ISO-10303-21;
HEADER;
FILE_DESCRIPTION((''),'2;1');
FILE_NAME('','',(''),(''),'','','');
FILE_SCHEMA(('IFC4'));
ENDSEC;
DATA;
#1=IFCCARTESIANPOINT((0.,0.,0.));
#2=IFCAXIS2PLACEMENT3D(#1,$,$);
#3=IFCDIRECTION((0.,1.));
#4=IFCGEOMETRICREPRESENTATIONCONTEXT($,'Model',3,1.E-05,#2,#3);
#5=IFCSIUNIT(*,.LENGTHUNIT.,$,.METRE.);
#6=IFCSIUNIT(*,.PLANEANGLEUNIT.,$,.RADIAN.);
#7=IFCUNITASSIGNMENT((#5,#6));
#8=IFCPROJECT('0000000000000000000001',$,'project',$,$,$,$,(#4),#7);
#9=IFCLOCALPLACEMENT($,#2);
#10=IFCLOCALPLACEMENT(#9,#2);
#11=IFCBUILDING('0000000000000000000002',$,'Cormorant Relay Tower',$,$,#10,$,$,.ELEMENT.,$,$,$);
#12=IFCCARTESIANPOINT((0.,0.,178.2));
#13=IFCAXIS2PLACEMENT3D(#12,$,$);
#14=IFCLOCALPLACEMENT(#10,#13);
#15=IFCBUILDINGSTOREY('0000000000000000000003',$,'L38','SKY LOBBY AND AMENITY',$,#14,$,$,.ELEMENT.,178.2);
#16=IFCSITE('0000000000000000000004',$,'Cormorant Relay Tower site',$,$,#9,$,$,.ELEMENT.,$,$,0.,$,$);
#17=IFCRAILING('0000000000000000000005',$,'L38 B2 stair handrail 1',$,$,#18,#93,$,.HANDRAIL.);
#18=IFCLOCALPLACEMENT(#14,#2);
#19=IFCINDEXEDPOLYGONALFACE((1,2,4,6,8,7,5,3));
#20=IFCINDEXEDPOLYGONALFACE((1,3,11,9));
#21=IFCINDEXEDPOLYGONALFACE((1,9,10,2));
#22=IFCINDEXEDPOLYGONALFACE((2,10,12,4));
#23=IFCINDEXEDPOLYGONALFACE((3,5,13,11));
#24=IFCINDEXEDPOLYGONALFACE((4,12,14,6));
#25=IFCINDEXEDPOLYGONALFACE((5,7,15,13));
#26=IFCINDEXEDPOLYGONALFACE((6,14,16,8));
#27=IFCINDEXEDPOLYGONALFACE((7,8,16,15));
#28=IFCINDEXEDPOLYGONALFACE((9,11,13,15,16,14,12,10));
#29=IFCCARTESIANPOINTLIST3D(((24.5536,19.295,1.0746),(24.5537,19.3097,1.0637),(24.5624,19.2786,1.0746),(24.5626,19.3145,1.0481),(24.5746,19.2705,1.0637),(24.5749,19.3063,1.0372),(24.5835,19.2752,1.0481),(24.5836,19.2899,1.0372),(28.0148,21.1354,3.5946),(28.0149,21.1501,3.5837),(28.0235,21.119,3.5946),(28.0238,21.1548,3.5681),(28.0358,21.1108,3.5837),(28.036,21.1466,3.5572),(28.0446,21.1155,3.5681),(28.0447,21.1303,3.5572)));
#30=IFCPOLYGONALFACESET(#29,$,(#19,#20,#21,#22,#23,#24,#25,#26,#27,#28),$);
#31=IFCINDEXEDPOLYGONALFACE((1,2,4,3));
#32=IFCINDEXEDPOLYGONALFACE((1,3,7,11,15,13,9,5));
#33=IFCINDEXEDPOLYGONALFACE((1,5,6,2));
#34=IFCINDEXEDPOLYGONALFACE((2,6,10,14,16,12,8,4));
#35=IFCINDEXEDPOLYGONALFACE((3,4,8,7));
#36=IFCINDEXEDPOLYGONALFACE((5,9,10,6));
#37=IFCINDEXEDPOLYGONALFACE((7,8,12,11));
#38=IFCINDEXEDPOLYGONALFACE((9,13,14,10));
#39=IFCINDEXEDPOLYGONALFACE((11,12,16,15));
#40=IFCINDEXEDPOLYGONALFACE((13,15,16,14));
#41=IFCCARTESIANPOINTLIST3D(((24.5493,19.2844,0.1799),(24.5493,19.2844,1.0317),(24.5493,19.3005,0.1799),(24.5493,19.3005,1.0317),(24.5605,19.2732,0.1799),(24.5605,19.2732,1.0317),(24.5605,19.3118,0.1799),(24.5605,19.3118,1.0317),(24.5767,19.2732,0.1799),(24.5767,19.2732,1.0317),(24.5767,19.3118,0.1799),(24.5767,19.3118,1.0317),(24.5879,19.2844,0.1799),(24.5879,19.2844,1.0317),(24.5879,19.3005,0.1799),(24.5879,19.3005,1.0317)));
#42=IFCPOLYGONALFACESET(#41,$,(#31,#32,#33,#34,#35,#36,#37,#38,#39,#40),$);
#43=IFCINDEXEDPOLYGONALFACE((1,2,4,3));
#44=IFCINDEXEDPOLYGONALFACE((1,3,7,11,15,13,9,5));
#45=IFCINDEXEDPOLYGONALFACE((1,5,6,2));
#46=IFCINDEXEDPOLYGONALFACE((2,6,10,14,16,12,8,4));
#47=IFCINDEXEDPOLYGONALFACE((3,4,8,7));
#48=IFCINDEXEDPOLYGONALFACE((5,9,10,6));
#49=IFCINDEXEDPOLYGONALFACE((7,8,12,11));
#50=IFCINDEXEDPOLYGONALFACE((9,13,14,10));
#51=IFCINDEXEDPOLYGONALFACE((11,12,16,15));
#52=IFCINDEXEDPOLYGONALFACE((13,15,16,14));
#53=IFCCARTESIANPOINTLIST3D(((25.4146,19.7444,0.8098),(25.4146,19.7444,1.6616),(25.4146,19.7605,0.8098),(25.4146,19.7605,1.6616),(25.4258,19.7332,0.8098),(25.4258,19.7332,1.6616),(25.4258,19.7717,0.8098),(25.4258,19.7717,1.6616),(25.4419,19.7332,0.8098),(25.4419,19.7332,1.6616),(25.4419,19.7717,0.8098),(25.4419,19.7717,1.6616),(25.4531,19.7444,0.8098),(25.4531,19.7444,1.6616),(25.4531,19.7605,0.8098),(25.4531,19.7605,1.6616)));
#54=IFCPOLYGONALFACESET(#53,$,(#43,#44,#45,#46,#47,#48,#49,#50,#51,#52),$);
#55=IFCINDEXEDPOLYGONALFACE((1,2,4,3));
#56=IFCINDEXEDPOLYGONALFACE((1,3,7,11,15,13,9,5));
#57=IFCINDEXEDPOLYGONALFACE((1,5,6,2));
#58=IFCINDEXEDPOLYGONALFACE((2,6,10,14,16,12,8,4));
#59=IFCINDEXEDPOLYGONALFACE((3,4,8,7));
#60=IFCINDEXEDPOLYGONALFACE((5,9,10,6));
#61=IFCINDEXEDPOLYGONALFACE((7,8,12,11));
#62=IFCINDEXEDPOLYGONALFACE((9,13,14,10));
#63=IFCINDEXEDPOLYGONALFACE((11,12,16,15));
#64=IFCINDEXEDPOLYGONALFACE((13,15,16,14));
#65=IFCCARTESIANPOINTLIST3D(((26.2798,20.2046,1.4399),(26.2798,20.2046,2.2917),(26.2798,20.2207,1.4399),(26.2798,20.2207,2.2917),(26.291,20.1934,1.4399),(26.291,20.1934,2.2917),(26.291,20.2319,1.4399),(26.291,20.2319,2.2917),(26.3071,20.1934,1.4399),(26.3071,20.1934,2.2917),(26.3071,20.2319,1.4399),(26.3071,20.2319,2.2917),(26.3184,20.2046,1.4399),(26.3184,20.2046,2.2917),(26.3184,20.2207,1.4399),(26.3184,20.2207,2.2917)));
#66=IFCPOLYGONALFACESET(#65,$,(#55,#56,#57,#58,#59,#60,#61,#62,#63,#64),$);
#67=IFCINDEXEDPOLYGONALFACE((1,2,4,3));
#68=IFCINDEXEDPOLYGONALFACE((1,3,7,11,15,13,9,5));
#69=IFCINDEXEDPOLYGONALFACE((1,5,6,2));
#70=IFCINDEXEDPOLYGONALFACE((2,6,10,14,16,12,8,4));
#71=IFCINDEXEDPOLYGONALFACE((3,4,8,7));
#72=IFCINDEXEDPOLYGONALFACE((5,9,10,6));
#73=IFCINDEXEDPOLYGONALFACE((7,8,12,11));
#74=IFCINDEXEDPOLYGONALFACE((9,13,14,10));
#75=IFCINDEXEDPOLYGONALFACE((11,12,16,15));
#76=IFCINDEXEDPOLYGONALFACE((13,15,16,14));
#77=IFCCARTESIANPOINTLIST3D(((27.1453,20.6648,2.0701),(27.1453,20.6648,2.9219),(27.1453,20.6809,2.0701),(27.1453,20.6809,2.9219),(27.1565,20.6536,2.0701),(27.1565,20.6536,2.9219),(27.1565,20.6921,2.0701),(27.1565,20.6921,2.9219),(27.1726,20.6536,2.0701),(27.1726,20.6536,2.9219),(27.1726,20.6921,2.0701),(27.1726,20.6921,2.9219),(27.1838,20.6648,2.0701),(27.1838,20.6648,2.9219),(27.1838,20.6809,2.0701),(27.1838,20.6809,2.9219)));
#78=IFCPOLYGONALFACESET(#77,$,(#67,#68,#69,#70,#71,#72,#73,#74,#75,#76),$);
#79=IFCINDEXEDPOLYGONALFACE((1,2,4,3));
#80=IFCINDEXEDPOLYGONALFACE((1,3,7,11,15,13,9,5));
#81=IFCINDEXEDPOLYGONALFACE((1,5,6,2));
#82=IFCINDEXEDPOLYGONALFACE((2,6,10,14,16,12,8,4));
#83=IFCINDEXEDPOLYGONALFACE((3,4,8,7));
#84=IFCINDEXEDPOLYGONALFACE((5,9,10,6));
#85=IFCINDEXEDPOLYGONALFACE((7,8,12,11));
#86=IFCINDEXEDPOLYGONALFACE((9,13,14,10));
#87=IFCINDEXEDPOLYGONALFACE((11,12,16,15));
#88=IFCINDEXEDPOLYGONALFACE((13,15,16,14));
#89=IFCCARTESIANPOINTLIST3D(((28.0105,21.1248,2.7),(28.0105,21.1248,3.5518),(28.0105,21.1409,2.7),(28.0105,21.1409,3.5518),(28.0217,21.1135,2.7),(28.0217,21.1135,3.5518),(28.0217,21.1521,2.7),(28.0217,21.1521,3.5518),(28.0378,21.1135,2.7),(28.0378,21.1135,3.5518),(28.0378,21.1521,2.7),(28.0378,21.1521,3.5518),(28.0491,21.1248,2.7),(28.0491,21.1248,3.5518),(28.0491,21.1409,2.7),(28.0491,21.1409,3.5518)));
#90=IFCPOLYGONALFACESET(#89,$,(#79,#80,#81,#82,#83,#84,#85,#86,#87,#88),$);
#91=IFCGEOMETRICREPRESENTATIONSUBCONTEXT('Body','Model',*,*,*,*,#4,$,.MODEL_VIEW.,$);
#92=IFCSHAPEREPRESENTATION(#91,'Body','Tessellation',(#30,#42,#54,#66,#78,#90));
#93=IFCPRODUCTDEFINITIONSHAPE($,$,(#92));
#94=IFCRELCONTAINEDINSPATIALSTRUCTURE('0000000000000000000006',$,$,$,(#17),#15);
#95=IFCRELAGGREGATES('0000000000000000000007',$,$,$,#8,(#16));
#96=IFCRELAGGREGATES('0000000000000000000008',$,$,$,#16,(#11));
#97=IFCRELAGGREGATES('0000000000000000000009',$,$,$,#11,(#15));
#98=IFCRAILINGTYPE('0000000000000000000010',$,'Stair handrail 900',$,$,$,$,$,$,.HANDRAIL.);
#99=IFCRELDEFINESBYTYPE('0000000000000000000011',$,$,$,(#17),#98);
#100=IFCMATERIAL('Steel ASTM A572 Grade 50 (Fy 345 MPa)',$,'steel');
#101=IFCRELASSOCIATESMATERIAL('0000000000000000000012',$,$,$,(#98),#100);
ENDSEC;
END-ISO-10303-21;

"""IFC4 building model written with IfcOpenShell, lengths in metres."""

from ifc_helpers import new_model, si_unit, direction, frame, origin, place, context, subcontext, project, spatial, polyline, outline, extrude, material, type_object, element, save


model = new_model("IFC4")

# Units and contexts
model_context = context("Model", 3, precision=1e-05, world=origin(), true_north=direction((0.0, 1.0)))
body_context = subcontext(model_context, "Body", "Model", "MODEL_VIEW")
ifc_project = project(units=[si_unit("LENGTHUNIT", "METRE"), si_unit("PLANEANGLEUNIT", "RADIAN")], contexts=[model_context])

# Site, building, storey
site_placement = place(None, origin())
site = spatial("IfcSite", under=ifc_project, at=site_placement, Name="Cormorant Relay Tower site", CompositionType="ELEMENT", RefElevation=0.0)
building_placement = place(site_placement, origin())
building = spatial("IfcBuilding", under=site, at=building_placement, Name="Cormorant Relay Tower", CompositionType="ELEMENT")
storey_placement = place(building_placement, frame((0.0, 0.0, 178.2)))
storey = spatial("IfcBuildingStorey", under=building, at=storey_placement, Name="L38", Description="SKY LOBBY AND AMENITY", CompositionType="ELEMENT", Elevation=178.2)

# Railing
ifc_material_1 = material(Name="Steel ASTM A572 Grade 50 (Fy 345 MPa)", Category="steel")
railing_type_1 = type_object("IfcRailingType", Name="Stair handrail 900", PredefinedType="HANDRAIL", material=ifc_material_1)
railing_1_placement = place(storey_placement, frame((24.5686, 19.2925, 0.1799)))
element("IfcRailing", 1, at=railing_1_placement, inside=storey, type_object=railing_type_1, Name="L38 B2 stair handrail 1", PredefinedType="HANDRAIL", context=body_context, shape_type="SweptSolid", body=[
    extrude(outline(polyline([(0.0222, 0.0093), (0.0093, 0.0222), (-0.0093, 0.0222), (-0.0222, 0.0093), (-0.0222, -0.0093), (-0.0093, -0.0222), (0.0093, -0.0222), (0.0222, -0.0093), (0.0222, 0.0093)])), frame((0.0, 0.0, 0.876), z_axis=(0.742717, 0.394907, 0.540758), x_axis=(-0.469469, 0.882949, 0.0)), (0.0, 0.0, 1.0), 4.6602),
    extrude(outline(polyline([(0.0193, 0.0081), (0.0081, 0.0193), (-0.0081, 0.0193), (-0.0193, 0.0081), (-0.0193, -0.0081), (-0.0081, -0.0193), (0.0081, -0.0193), (0.0193, -0.0081), (0.0193, 0.0081)])), origin(), (0.0, 0.0, 1.0), 0.8518),
    extrude(outline(polyline([(0.0193, 0.0081), (0.0081, 0.0193), (-0.0081, 0.0193), (-0.0193, 0.0081), (-0.0193, -0.0081), (-0.0081, -0.0193), (0.0081, -0.0193), (0.0193, -0.0081), (0.0193, 0.0081)])), frame((0.8652, 0.46, 0.6299)), (0.0, 0.0, 1.0), 0.8518),
    extrude(outline(polyline([(0.0193, 0.0081), (0.0081, 0.0193), (-0.0081, 0.0193), (-0.0193, 0.0081), (-0.0193, -0.0081), (-0.0081, -0.0193), (0.0081, -0.0193), (0.0193, -0.0081), (0.0193, 0.0081)])), frame((1.7305, 0.9202, 1.26)), (0.0, 0.0, 1.0), 0.8518),
    extrude(outline(polyline([(0.0193, 0.0081), (0.0081, 0.0193), (-0.0081, 0.0193), (-0.0193, 0.0081), (-0.0193, -0.0081), (-0.0081, -0.0193), (0.0081, -0.0193), (0.0193, -0.0081), (0.0193, 0.0081)])), frame((2.5959, 1.3804, 1.8901)), (0.0, 0.0, 1.0), 0.8518),
    extrude(outline(polyline([(0.0193, 0.0081), (0.0081, 0.0193), (-0.0081, 0.0193), (-0.0193, 0.0081), (-0.0193, -0.0081), (-0.0081, -0.0193), (0.0081, -0.0193), (0.0193, -0.0081), (0.0193, 0.0081)])), frame((3.4612, 1.8403, 2.52)), (0.0, 0.0, 1.0), 0.8518),
])

save(model, "model.ifc")
